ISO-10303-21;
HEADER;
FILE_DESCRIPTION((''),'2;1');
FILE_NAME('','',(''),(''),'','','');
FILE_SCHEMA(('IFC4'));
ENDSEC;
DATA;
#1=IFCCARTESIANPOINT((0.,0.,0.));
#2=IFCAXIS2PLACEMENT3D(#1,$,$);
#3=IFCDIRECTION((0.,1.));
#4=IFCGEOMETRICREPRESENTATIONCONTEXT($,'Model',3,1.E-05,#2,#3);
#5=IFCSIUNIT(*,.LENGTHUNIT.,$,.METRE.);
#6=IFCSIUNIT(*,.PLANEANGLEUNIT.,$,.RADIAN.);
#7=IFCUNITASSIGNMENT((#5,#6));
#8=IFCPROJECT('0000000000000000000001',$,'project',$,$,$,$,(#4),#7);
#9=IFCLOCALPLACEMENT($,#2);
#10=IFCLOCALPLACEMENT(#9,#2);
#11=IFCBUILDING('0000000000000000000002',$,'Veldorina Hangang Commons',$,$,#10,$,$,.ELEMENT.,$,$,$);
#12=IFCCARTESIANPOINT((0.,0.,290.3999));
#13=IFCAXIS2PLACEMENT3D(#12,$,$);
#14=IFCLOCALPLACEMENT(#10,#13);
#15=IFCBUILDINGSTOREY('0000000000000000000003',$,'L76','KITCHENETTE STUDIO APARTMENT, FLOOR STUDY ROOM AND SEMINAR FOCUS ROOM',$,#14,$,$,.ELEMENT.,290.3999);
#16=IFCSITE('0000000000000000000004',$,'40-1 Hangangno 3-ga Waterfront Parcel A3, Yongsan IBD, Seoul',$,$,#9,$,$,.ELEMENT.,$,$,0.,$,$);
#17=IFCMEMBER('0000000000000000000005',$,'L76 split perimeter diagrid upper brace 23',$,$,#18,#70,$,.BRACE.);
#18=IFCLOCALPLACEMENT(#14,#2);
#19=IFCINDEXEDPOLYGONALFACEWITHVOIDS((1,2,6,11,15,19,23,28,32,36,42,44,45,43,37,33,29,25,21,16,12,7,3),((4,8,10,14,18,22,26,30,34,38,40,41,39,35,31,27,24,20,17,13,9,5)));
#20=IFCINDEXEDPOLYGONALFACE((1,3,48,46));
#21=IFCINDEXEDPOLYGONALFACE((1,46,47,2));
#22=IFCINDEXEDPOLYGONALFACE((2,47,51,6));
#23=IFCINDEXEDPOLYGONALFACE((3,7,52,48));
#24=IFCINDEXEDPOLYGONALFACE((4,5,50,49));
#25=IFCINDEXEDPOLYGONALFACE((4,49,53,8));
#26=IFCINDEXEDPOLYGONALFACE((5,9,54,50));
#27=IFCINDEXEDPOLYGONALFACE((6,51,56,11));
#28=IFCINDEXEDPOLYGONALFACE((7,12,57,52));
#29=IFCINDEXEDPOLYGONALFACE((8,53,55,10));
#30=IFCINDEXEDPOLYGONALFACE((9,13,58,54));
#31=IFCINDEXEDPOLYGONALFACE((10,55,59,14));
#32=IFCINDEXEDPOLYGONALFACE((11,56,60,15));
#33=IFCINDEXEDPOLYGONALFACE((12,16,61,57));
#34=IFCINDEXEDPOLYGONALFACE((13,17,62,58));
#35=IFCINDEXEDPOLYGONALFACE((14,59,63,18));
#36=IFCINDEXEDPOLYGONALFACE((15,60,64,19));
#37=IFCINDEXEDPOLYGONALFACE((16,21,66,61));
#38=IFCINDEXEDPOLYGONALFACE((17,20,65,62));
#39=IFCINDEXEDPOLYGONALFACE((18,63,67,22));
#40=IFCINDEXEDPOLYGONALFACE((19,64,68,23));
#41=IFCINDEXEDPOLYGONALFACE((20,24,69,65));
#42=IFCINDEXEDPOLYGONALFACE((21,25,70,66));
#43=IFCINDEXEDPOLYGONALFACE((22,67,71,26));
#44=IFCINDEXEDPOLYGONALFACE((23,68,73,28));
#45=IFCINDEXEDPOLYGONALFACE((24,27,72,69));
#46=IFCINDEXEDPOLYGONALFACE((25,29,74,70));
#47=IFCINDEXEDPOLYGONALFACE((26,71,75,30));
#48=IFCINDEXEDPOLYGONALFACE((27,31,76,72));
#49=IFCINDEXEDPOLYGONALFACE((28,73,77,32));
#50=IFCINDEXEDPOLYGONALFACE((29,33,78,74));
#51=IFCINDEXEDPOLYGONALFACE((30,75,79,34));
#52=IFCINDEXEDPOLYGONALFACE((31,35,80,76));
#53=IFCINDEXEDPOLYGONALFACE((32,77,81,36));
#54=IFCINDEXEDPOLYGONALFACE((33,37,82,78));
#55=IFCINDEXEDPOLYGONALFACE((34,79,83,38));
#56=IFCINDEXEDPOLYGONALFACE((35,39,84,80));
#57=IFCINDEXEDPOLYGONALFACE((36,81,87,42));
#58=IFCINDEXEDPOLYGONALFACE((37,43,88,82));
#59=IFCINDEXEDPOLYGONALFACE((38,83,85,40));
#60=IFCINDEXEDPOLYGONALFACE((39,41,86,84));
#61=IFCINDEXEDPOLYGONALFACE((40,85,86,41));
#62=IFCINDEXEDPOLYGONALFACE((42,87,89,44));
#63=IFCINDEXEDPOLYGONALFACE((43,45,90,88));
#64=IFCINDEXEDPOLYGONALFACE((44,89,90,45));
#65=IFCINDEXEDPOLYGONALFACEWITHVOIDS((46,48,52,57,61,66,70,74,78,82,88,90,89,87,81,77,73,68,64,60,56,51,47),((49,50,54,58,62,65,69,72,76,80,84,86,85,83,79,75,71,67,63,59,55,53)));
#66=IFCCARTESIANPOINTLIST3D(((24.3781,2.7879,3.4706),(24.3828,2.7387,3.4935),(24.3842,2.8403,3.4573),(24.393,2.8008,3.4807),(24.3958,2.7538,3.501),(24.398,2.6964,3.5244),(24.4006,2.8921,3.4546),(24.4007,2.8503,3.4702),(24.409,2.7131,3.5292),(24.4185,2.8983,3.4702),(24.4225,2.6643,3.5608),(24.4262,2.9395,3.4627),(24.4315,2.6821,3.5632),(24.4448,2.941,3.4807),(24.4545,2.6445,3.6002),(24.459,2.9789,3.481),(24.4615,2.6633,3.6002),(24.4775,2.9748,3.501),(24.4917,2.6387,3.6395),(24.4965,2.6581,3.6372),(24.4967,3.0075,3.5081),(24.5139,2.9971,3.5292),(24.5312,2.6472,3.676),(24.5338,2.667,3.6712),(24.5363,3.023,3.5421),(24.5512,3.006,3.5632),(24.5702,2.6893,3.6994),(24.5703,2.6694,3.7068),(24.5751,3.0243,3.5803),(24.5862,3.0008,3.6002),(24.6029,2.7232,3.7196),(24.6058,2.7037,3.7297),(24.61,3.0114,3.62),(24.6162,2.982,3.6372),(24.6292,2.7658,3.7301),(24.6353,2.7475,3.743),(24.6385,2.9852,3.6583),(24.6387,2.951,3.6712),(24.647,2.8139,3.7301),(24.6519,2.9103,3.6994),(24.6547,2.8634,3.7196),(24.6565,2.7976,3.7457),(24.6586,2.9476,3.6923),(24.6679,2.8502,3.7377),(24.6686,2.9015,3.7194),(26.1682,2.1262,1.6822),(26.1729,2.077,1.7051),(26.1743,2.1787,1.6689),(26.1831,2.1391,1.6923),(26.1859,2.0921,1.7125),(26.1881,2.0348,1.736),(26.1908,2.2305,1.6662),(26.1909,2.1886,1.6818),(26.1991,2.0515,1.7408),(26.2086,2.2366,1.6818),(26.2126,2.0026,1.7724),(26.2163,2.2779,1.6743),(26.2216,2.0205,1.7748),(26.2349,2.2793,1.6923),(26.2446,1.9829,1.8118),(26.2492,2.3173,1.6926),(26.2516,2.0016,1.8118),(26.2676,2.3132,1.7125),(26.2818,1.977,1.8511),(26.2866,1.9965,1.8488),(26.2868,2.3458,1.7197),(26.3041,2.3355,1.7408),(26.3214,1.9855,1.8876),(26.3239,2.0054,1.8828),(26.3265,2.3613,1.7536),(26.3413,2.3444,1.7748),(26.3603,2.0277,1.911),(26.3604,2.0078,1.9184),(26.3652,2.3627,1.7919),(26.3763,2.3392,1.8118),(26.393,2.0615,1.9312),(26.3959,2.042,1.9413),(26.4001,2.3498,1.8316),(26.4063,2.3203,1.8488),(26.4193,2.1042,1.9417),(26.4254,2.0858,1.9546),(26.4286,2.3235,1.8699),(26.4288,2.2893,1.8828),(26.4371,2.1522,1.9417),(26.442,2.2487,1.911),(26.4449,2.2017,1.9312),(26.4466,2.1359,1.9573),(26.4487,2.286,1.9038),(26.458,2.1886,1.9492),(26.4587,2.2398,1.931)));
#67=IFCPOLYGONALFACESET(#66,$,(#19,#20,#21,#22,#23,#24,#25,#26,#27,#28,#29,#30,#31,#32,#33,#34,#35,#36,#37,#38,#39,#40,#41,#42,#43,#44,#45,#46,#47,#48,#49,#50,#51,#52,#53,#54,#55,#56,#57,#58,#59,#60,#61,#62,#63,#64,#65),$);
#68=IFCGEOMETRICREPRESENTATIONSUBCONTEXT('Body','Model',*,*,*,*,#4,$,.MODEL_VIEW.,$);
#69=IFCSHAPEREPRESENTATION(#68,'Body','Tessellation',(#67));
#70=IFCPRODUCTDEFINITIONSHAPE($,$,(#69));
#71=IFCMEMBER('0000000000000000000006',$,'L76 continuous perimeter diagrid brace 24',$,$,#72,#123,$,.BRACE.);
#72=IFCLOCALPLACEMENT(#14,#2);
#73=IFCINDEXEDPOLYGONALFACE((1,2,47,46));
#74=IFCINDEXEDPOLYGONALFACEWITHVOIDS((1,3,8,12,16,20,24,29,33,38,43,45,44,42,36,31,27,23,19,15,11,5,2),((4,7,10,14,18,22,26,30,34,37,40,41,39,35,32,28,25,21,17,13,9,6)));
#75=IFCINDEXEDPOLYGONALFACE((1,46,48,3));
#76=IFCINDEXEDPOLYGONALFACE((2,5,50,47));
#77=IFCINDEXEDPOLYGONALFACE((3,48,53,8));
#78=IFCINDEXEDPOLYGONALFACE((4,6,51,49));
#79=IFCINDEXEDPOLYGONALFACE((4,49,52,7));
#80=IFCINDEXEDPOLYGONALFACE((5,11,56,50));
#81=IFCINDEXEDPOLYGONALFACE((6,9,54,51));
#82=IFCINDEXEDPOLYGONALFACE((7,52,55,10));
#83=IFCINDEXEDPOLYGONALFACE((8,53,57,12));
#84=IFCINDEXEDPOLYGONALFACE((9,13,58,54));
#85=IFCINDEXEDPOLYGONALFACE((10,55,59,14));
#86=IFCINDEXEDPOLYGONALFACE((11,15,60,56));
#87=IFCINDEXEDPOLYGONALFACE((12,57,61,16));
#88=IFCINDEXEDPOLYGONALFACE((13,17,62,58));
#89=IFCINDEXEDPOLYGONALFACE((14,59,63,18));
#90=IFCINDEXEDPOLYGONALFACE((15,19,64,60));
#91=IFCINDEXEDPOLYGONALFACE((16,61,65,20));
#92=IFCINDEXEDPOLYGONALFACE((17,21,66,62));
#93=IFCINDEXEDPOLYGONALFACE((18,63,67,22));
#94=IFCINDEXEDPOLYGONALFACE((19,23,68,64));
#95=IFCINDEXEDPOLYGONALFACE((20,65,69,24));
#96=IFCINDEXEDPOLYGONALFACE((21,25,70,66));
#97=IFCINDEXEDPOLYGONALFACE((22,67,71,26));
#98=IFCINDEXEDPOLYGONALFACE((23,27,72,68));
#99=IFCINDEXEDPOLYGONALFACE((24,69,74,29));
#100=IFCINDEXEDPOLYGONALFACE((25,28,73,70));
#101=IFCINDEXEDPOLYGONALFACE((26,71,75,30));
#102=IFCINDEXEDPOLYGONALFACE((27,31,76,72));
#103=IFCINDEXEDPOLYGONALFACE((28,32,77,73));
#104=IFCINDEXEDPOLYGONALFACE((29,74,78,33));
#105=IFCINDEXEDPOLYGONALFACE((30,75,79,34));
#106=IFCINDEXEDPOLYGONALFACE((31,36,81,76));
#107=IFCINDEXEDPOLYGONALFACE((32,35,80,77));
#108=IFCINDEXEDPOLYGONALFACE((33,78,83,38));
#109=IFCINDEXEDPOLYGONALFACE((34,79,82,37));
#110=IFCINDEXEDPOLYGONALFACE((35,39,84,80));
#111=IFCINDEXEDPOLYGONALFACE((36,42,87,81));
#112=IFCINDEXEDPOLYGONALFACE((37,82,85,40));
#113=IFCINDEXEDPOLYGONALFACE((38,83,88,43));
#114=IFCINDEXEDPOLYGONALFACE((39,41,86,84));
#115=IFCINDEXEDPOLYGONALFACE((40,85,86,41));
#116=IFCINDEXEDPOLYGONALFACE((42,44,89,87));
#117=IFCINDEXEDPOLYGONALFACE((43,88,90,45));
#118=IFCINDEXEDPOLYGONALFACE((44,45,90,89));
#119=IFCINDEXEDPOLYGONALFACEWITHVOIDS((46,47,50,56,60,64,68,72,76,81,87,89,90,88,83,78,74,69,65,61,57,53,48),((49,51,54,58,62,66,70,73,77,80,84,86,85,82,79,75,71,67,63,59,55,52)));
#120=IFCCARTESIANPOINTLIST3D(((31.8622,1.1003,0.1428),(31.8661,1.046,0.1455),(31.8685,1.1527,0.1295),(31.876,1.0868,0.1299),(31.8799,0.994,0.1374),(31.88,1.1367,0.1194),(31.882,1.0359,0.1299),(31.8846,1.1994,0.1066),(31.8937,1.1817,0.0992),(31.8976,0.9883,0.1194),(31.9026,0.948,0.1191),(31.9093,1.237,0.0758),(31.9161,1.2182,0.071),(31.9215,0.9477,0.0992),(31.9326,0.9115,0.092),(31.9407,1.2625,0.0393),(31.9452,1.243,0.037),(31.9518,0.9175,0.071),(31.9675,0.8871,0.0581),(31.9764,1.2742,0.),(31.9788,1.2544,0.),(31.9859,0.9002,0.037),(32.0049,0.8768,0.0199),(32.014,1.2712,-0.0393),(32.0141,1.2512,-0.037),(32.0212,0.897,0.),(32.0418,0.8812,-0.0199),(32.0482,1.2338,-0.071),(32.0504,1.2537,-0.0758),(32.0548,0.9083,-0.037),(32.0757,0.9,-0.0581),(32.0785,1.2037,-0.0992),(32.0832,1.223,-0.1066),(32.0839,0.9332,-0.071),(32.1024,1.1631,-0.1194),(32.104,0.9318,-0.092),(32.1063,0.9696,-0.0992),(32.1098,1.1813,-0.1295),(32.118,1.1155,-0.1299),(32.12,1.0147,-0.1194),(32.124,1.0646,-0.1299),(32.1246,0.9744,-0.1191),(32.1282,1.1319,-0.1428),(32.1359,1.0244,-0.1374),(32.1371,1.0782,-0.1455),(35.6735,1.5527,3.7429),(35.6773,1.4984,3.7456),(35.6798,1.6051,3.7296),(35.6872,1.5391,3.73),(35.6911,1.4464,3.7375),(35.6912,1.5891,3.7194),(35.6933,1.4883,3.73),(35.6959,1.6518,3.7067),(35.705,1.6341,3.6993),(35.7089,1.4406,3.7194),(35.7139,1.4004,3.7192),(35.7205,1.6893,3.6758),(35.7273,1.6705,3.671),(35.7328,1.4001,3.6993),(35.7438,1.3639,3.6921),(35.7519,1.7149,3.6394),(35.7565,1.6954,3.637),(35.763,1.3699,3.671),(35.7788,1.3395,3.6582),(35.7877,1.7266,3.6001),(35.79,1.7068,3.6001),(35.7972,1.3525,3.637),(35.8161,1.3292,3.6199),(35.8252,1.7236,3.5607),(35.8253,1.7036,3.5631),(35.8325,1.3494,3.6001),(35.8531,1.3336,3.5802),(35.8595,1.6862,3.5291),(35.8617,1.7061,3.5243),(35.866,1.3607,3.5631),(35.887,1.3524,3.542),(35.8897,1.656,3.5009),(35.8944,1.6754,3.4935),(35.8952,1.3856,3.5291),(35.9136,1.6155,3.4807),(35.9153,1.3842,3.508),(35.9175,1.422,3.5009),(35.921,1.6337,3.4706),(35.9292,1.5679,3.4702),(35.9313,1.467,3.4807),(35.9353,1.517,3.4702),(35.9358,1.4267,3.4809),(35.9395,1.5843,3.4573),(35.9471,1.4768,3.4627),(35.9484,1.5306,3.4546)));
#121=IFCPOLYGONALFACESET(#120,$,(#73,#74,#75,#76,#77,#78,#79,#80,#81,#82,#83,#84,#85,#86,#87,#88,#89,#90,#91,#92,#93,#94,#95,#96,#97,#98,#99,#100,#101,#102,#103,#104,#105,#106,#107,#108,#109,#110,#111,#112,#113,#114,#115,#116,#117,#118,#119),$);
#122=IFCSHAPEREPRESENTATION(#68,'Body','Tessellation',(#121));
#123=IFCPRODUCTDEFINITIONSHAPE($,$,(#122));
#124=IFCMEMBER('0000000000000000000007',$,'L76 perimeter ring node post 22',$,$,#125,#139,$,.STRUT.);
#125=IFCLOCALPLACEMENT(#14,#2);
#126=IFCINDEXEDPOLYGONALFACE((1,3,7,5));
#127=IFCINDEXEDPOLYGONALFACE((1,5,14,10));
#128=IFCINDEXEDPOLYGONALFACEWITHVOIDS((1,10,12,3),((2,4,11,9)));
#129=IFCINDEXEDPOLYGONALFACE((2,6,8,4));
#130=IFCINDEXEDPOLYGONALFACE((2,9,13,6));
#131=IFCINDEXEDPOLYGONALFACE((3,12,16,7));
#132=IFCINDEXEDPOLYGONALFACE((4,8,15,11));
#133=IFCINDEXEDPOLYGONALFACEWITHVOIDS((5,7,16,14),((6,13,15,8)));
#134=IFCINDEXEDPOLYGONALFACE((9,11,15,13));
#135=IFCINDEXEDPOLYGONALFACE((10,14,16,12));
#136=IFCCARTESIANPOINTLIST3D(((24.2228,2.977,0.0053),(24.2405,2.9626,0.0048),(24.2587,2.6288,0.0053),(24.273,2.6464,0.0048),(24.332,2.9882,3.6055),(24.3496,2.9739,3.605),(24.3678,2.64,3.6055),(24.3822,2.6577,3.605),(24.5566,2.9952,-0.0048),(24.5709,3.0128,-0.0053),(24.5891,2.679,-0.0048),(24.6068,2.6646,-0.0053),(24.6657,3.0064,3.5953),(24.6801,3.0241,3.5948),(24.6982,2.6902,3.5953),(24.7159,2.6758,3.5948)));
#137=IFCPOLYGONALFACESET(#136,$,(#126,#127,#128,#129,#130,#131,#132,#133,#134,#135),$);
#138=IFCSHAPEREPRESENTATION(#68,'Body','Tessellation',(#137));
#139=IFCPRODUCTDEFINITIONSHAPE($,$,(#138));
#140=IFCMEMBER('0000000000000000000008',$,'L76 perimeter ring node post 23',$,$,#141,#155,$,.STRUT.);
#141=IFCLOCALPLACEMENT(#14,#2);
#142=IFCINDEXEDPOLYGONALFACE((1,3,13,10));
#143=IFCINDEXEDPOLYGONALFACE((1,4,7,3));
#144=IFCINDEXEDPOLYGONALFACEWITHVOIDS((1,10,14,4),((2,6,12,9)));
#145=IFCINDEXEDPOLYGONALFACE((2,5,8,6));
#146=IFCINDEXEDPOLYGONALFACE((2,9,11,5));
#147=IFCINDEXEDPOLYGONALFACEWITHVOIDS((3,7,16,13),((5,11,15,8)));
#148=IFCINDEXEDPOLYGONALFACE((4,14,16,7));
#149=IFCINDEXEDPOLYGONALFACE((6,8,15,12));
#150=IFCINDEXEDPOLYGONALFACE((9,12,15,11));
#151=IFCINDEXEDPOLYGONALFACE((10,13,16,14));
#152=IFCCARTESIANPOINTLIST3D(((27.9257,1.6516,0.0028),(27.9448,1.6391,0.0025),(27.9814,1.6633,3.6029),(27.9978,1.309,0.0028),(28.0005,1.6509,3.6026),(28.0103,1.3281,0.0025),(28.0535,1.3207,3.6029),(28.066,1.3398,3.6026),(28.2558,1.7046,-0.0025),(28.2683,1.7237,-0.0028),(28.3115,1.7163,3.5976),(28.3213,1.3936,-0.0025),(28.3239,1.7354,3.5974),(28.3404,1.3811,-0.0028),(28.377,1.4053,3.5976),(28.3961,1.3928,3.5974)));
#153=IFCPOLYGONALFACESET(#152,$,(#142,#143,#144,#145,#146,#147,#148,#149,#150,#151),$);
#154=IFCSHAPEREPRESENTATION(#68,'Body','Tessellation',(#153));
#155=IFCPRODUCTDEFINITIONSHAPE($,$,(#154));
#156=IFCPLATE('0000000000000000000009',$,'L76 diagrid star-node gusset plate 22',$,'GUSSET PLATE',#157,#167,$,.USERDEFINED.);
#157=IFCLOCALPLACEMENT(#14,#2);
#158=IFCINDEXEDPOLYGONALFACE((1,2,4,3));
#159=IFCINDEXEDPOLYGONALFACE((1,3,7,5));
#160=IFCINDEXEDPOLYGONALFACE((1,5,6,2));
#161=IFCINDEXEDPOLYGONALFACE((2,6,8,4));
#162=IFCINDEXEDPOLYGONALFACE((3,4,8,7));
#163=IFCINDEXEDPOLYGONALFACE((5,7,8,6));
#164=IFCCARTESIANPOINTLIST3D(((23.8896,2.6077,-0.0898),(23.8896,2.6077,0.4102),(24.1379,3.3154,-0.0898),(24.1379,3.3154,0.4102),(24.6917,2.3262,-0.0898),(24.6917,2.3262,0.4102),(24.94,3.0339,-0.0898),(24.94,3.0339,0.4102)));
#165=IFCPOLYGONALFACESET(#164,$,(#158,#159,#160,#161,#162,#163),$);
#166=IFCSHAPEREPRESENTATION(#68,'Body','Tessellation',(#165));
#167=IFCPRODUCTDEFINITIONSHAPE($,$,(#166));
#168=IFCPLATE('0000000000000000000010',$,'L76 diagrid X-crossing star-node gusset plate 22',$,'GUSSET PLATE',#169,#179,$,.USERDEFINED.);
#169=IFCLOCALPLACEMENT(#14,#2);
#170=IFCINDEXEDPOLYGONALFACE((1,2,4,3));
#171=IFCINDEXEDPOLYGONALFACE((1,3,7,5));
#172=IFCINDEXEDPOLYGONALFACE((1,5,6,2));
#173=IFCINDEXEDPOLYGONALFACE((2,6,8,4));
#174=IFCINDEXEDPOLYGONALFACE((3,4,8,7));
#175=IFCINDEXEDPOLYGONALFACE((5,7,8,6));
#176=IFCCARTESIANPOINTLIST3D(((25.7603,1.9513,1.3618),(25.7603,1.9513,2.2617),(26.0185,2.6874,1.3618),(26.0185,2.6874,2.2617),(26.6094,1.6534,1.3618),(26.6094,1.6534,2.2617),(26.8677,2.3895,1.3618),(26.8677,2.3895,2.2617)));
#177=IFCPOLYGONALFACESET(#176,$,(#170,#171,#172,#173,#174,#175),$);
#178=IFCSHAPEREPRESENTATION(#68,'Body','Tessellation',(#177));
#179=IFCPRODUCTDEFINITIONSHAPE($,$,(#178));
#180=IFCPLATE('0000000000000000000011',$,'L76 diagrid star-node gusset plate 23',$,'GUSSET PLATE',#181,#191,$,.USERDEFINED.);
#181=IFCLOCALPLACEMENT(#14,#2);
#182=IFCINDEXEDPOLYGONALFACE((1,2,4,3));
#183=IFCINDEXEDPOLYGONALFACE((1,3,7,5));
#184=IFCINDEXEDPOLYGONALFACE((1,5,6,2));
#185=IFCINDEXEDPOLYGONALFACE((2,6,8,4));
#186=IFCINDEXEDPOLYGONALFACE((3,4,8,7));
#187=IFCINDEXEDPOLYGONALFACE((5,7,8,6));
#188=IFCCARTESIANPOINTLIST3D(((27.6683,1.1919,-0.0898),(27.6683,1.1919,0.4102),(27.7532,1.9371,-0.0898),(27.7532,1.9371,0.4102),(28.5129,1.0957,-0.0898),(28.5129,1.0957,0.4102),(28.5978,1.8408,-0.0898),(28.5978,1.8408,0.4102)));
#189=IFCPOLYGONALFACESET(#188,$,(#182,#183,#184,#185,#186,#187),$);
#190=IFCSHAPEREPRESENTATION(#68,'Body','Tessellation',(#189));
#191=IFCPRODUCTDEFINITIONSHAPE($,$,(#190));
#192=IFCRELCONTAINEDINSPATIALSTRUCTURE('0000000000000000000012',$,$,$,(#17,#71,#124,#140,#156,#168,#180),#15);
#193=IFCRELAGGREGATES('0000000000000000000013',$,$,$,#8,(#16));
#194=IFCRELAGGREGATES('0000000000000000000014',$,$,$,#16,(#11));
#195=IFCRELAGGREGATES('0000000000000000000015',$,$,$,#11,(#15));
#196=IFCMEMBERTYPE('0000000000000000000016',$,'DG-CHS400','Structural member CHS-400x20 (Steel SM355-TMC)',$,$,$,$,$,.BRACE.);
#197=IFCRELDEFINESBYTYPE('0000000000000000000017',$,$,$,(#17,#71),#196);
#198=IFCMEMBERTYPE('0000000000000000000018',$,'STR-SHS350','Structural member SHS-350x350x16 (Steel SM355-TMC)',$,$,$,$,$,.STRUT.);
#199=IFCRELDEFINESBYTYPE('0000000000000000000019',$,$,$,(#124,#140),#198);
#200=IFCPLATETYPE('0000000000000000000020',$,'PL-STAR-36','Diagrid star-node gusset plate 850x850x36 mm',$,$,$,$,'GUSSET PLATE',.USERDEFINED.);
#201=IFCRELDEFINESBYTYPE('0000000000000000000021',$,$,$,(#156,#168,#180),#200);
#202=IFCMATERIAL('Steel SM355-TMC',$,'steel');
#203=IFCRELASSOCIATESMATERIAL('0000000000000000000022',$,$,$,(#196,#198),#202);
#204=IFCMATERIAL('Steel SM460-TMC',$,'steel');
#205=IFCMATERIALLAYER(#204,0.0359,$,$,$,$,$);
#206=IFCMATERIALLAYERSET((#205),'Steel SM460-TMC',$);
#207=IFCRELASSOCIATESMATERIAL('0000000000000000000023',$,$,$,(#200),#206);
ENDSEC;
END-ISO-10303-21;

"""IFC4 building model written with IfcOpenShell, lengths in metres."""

from ifc_helpers import new_model, si_unit, direction, frame, origin, origin_2d, place, context, subcontext, project, spatial, rectangle, hollow_rectangle, hollow_circle, extrude, material, layer, layer_set, material_profile, profile_set, type_object, element, save


model = new_model("IFC4")

# Units and contexts
model_context = context("Model", 3, precision=1e-05, world=origin(), true_north=direction((0.0, 1.0)))
body_context = subcontext(model_context, "Body", "Model", "MODEL_VIEW")
ifc_project = project(units=[si_unit("LENGTHUNIT", "METRE"), si_unit("PLANEANGLEUNIT", "RADIAN")], contexts=[model_context])

# Site, building, storey
site_placement = place(None, origin())
site = spatial("IfcSite", under=ifc_project, at=site_placement, Name="40-1 Hangangno 3-ga Waterfront Parcel A3, Yongsan IBD, Seoul", CompositionType="ELEMENT", RefElevation=0.0)
building_placement = place(site_placement, origin())
building = spatial("IfcBuilding", under=site, at=building_placement, Name="Veldorina Hangang Commons", CompositionType="ELEMENT")
storey_placement = place(building_placement, frame((0.0, 0.0, 290.3999)))
storey = spatial("IfcBuildingStorey", under=building, at=storey_placement, Name="L76", Description="KITCHENETTE STUDIO APARTMENT, FLOOR STUDY ROOM AND SEMINAR FOCUS ROOM", CompositionType="ELEMENT", Elevation=290.3999)

# Shared definitions
ifc_material_1 = material(Name="Steel SM355-TMC", Category="steel")

# Members
ifc_material_profile_1 = material_profile(ifc_material_1, hollow_circle(Radius=0.2, WallThickness=0.02, at=origin_2d()), Name="CHS-400x20")
ifc_profile_set_1 = profile_set([ifc_material_profile_1], Name="Steel SM355-TMC")
member_type_1 = type_object("IfcMemberType", Name="DG-CHS400", Description="Structural member CHS-400x20 (Steel SM355-TMC)", PredefinedType="BRACE", material=ifc_profile_set_1)
member_1_placement = place(storey_placement, frame((26.314, 2.1704, 1.8118), z_axis=(-0.684433, 0.252975, 0.68378), x_axis=(-0.346689, -0.93798, 0.0)))
element("IfcMember", 1, at=member_1_placement, inside=storey, type_object=member_type_1, Name="L76 split perimeter diagrid upper brace 23", PredefinedType="BRACE", context=body_context, shape_type="SweptSolid", body=[
    extrude(hollow_circle(Radius=0.2, WallThickness=0.02, at=origin_2d()), origin(), (0.0, 0.0, 1.0), 2.6155),
])
member_2_placement = place(storey_placement, frame((32.0, 1.0757, 0.0), z_axis=(0.724269, 0.08597, 0.684137), x_axis=(-0.117871, 0.993029, 0.0)))
element("IfcMember", 2, at=member_2_placement, inside=storey, type_object=member_type_1, Name="L76 continuous perimeter diagrid brace 24", PredefinedType="BRACE", context=body_context, shape_type="SweptSolid", body=[
    extrude(hollow_circle(Radius=0.2, WallThickness=0.02, at=origin_2d()), origin(), (0.0, 0.0, 1.0), 5.2622),
])
ifc_material_profile_2 = material_profile(ifc_material_1, hollow_rectangle(XDim=0.3501, YDim=0.3501, WallThickness=0.0161, at=origin_2d()), Name="SHS-350x350x16")
ifc_profile_set_2 = profile_set([ifc_material_profile_2], Name="Steel SM355-TMC")
member_type_2 = type_object("IfcMemberType", Name="STR-SHS350", Description="Structural member SHS-350x350x16 (Steel SM355-TMC)", PredefinedType="STRUT", material=ifc_profile_set_2)
member_3_placement = place(storey_placement, frame((24.4148, 2.8208, 0.0), z_axis=(0.030299, 0.003118, 0.999536), x_axis=(-0.102368, 0.994747, 0.0)))
element("IfcMember", 3, at=member_3_placement, inside=storey, type_object=member_type_2, Name="L76 perimeter ring node post 22", PredefinedType="STRUT", context=body_context, shape_type="SweptSolid", body=[
    extrude(hollow_rectangle(XDim=0.3501, YDim=0.3501, WallThickness=0.0161, at=origin_2d()), origin(), (0.0, 0.0, 1.0), 3.6018),
])
member_4_placement = place(storey_placement, frame((28.1331, 1.5164, 0.0), z_axis=(0.01546, 0.003255, 0.999875), x_axis=(-0.20601, 0.97855, 0.0)))
element("IfcMember", 4, at=member_4_placement, inside=storey, type_object=member_type_2, Name="L76 perimeter ring node post 23", PredefinedType="STRUT", context=body_context, shape_type="SweptSolid", body=[
    extrude(hollow_rectangle(XDim=0.3501, YDim=0.3501, WallThickness=0.0161, at=origin_2d()), origin(), (0.0, 0.0, 1.0), 3.6006),
])

# Plates
ifc_material_2 = material(Name="Steel SM460-TMC", Category="steel")
ifc_layer_1 = layer(ifc_material_2, 0.0359)
ifc_layer_set_1 = layer_set([ifc_layer_1], Name="Steel SM460-TMC")
plate_type = type_object("IfcPlateType", Name="PL-STAR-36", Description="Diagrid star-node gusset plate 850x850x36 mm", ElementType="GUSSET PLATE", PredefinedType="USERDEFINED", material=ifc_layer_set_1)
plate_1_placement = place(storey_placement, frame((24.4148, 2.8208, -0.0898), z_axis=(0.0, 0.0, 1.0), x_axis=(0.943616, -0.331041, 0.0)))
element("IfcPlate", 5, at=plate_1_placement, inside=storey, type_object=plate_type, Name="L76 diagrid star-node gusset plate 22", ObjectType="GUSSET PLATE", PredefinedType="USERDEFINED", context=body_context, shape_type="SweptSolid", body=[
    extrude(rectangle(XDim=0.8501, YDim=0.75, at=origin_2d()), origin(), (0.0, 0.0, 1.0), 0.5),
])
plate_2_placement = place(storey_placement, frame((26.314, 2.1704, 1.3618), z_axis=(0.0, 0.0, 1.0), x_axis=(0.943616, -0.331041, 0.0)))
element("IfcPlate", 6, at=plate_2_placement, inside=storey, type_object=plate_type, Name="L76 diagrid X-crossing star-node gusset plate 22", ObjectType="GUSSET PLATE", PredefinedType="USERDEFINED", context=body_context, shape_type="SweptSolid", body=[
    extrude(rectangle(XDim=0.8999, YDim=0.78, at=origin_2d()), origin(), (0.0, 0.0, 1.0), 0.8999),
])
for number, where, z_axis, x_axis, name in (
    (7, (28.1331, 1.5164, -0.0898), (0.0, 0.0, 1.0), (0.993574, -0.113186, 0.0), "L76 diagrid star-node gusset plate 23"),
):
    element("IfcPlate", number, at=place(storey_placement, frame(where, z_axis=z_axis, x_axis=x_axis)), inside=storey, type_object=plate_type, Name=name, ObjectType="GUSSET PLATE", PredefinedType="USERDEFINED", context=body_context, shape_type="SweptSolid", body=[
        extrude(rectangle(XDim=0.8501, YDim=0.75, at=origin_2d()), origin(), (0.0, 0.0, 1.0), 0.5),
    ])

save(model, "model.ifc")
